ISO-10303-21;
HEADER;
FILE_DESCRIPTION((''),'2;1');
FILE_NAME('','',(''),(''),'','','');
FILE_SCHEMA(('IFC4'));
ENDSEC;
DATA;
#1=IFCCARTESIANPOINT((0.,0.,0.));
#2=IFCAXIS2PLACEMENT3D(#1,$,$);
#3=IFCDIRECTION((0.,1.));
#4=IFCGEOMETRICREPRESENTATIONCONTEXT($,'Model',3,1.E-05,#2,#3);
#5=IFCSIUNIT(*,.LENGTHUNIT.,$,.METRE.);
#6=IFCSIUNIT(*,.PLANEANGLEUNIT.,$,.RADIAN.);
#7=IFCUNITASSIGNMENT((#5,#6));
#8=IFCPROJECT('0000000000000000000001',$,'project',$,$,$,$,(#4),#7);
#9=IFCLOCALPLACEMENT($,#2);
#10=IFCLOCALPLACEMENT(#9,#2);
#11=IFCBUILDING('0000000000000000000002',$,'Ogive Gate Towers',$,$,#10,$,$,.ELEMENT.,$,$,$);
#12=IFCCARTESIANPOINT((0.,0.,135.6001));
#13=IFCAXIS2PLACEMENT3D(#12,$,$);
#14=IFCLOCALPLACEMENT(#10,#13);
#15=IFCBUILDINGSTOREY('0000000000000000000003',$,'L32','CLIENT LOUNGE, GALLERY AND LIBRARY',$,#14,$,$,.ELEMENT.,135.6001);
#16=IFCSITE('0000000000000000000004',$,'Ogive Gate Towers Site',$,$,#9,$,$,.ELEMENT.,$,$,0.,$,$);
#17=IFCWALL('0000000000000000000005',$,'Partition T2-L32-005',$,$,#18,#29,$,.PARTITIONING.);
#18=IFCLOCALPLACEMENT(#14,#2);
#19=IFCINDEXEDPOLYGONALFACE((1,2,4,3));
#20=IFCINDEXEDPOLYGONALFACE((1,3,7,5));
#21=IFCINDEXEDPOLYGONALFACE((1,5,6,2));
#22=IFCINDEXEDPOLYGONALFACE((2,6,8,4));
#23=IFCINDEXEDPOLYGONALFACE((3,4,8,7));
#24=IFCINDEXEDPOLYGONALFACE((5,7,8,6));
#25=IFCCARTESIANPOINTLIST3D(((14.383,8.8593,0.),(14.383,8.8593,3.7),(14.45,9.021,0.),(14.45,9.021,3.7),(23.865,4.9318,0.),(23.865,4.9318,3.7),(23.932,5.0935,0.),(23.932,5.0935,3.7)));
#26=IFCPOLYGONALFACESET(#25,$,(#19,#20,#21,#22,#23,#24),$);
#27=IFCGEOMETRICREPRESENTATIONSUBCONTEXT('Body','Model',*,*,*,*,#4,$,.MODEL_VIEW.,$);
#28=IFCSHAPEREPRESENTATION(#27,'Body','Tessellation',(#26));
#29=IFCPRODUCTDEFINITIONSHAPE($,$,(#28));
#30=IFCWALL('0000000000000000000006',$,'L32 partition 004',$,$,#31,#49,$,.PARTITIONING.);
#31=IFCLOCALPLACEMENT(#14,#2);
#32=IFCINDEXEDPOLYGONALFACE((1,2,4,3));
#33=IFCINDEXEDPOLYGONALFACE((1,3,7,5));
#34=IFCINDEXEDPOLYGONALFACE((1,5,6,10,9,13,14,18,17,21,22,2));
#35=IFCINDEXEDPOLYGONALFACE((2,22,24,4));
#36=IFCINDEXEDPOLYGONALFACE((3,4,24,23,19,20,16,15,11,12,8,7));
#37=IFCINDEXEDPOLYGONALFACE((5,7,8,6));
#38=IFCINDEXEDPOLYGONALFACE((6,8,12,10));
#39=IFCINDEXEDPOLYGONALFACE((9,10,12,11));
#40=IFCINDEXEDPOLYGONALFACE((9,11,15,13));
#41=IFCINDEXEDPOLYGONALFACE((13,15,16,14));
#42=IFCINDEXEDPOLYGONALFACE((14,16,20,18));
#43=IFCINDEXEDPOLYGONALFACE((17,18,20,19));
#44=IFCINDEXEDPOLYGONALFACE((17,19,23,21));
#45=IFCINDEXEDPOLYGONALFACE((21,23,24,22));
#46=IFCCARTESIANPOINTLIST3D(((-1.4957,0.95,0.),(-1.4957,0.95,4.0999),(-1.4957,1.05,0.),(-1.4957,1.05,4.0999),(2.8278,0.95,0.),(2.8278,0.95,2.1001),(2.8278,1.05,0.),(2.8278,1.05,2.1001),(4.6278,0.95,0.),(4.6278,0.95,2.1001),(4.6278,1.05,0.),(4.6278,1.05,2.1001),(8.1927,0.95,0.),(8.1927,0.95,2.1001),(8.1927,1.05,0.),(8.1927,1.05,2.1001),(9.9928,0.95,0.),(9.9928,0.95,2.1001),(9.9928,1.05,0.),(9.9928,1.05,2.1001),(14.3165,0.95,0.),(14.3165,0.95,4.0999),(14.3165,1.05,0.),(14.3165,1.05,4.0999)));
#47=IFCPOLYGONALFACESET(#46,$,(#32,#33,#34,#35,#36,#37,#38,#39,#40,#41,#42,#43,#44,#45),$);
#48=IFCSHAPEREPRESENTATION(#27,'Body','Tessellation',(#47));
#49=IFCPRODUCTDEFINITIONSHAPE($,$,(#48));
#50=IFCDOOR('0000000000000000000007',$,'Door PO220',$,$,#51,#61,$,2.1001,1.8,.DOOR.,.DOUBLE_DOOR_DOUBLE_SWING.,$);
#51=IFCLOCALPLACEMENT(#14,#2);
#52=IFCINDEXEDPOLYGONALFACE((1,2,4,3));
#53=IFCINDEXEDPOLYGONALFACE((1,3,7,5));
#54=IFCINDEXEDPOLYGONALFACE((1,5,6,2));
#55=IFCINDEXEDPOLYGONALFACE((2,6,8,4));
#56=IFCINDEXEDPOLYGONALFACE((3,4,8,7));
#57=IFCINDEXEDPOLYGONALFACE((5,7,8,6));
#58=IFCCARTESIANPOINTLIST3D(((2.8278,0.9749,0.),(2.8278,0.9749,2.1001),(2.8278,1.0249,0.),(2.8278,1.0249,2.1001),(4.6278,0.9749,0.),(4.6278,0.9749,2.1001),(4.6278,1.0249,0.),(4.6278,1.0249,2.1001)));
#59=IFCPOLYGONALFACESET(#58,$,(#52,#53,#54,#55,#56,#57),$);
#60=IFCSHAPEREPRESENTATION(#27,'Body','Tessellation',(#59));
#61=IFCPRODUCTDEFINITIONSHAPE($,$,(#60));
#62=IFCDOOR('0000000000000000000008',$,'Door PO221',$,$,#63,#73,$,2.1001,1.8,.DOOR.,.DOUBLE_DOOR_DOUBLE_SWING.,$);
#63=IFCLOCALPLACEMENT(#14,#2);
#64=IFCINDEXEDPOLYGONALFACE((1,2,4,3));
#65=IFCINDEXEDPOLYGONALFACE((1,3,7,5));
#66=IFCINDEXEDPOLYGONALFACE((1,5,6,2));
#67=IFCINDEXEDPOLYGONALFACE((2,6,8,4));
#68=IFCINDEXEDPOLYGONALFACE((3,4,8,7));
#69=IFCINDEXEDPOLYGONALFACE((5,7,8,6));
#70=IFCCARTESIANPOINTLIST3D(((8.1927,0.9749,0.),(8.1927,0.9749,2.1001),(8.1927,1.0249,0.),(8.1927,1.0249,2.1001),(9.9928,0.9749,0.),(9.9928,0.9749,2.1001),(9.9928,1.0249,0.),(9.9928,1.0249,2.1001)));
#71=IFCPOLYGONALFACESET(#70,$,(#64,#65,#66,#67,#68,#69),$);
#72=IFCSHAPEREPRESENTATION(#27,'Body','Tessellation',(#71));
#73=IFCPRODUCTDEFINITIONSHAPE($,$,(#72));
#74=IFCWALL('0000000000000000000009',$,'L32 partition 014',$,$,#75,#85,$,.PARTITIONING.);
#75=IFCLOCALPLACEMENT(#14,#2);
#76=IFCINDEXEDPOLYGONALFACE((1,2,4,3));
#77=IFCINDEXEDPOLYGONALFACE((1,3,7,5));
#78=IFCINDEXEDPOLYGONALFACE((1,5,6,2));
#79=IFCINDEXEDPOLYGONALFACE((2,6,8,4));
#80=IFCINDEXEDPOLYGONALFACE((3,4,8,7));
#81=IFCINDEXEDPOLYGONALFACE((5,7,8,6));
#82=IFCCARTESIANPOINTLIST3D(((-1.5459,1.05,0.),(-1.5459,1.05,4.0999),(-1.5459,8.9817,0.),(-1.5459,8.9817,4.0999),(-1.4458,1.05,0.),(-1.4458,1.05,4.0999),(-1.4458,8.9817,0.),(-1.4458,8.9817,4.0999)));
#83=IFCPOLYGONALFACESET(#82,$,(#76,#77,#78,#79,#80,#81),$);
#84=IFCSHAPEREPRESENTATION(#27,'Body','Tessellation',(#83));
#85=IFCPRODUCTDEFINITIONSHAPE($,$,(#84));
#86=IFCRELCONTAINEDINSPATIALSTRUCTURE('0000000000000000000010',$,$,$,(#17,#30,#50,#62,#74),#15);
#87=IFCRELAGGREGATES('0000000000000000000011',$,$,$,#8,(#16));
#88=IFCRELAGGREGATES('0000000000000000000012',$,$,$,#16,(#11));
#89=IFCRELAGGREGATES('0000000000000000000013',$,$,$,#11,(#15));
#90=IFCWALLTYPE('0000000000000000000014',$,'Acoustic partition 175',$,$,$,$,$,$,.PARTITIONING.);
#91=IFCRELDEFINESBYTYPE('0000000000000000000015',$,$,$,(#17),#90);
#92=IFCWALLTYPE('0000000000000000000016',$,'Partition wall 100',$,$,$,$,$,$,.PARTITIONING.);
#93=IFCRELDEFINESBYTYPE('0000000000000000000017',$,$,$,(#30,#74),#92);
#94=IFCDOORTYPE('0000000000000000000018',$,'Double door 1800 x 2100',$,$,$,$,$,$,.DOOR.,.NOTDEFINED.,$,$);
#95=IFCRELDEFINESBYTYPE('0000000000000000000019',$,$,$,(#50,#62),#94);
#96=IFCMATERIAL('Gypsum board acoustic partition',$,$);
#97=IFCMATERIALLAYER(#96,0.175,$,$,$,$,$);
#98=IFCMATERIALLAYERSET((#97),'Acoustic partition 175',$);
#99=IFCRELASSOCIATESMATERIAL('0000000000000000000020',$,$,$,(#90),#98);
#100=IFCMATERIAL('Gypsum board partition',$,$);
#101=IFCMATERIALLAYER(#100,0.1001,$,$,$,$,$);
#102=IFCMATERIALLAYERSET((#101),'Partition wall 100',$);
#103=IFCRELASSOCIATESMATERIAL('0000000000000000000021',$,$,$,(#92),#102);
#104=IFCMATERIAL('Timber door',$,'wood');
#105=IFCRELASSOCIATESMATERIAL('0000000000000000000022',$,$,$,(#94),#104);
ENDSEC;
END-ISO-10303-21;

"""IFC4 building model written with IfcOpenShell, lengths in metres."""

from ifc_helpers import new_model, si_unit, direction, frame, frame_2d, origin, place, context, subcontext, project, spatial, rectangle, extrude, material, layer, layer_set, type_object, element, fill, save


model = new_model("IFC4")

# Units and contexts
model_context = context("Model", 3, precision=1e-05, world=origin(), true_north=direction((0.0, 1.0)))
body_context = subcontext(model_context, "Body", "Model", "MODEL_VIEW")
ifc_project = project(units=[si_unit("LENGTHUNIT", "METRE"), si_unit("PLANEANGLEUNIT", "RADIAN")], contexts=[model_context])

# Site, building, storey
site_placement = place(None, origin())
site = spatial("IfcSite", under=ifc_project, at=site_placement, Name="Ogive Gate Towers Site", CompositionType="ELEMENT", RefElevation=0.0)
building_placement = place(site_placement, origin())
building = spatial("IfcBuilding", under=site, at=building_placement, Name="Ogive Gate Towers", CompositionType="ELEMENT")
storey_placement = place(building_placement, frame((0.0, 0.0, 135.6001)))
storey = spatial("IfcBuildingStorey", under=building, at=storey_placement, Name="L32", Description="CLIENT LOUNGE, GALLERY AND LIBRARY", CompositionType="ELEMENT", Elevation=135.6001)

# Wall
ifc_material_1 = material(Name="Gypsum board acoustic partition")
ifc_layer_1 = layer(ifc_material_1, 0.175)
ifc_layer_set_1 = layer_set([ifc_layer_1], Name="Acoustic partition 175")
wall_type_1 = type_object("IfcWallType", Name="Acoustic partition 175", PredefinedType="PARTITIONING", material=ifc_layer_set_1)
wall_1_placement = place(storey_placement, frame((14.4165, 8.9402, 0.0), z_axis=(0.0, 0.0, 1.0), x_axis=(0.923881, -0.382679, 0.0)))
element("IfcWall", 1, at=wall_1_placement, inside=storey, type_object=wall_type_1, Name="Partition T2-L32-005", PredefinedType="PARTITIONING", context=body_context, shape_type="SweptSolid", body=[
    extrude(rectangle(XDim=10.2632, YDim=0.175, at=frame_2d((5.1316, 0.0))), origin(), (0.0, 0.0, 1.0), 3.7),
])

# Wall, openings, doors
ifc_material_2 = material(Name="Gypsum board partition")
ifc_layer_2 = layer(ifc_material_2, 0.1001)
ifc_layer_set_2 = layer_set([ifc_layer_2], Name="Partition wall 100")
wall_type_2 = type_object("IfcWallType", Name="Partition wall 100", PredefinedType="PARTITIONING", material=ifc_layer_set_2)
wall_2_placement = place(storey_placement, frame((-1.4958, 1.0, 0.0), z_axis=(0.0, 0.0, 1.0), x_axis=(1.0, 0.0, 0.0)))
wall_2 = element("IfcWall", 2, at=wall_2_placement, inside=storey, type_object=wall_type_2, Name="L32 partition 004", PredefinedType="PARTITIONING", context=body_context, shape_type="SweptSolid", body=[
    extrude(rectangle(XDim=15.8123, YDim=0.1001, at=frame_2d((7.9062, 0.0))), origin(), (0.0, 0.0, 1.0), 4.0999),
])
opening_1_placement = place(wall_2_placement, frame((4.3237, 0.0, 0.0)))
opening_1 = element("IfcOpeningElement", 3, at=opening_1_placement, cuts=wall_2, PredefinedType="OPENING", context=body_context, shape_type="SweptSolid", body=[
    extrude(rectangle(XDim=1.8, YDim=2.1001, at=frame_2d((0.8999, 1.05))), frame((0.0, 0.0601, 0.0), z_axis=(0.0, -1.0, 0.0), x_axis=(1.0, 0.0, 0.0)), (0.0, 0.0, 1.0), 0.1201),
])
opening_2_placement = place(wall_2_placement, frame((9.6887, 0.0, 0.0)))
opening_2 = element("IfcOpeningElement", 4, at=opening_2_placement, cuts=wall_2, PredefinedType="OPENING", context=body_context, shape_type="SweptSolid", body=[
    extrude(rectangle(XDim=1.8, YDim=2.1001, at=frame_2d((0.8999, 1.05))), frame((0.0, 0.0601, 0.0), z_axis=(0.0, -1.0, 0.0), x_axis=(1.0, 0.0, 0.0)), (0.0, 0.0, 1.0), 0.1201),
])
ifc_material_3 = material(Name="Timber door", Category="wood")
door_type = type_object("IfcDoorType", Name="Double door 1800 x 2100", OperationType="NOTDEFINED", PredefinedType="DOOR", material=ifc_material_3)
door_1_placement = place(opening_1_placement, origin())
door_1 = element("IfcDoor", 5, at=door_1_placement, inside=storey, type_object=door_type, Name="Door PO220", OperationType="DOUBLE_DOOR_DOUBLE_SWING", OverallHeight=2.1001, OverallWidth=1.8, PredefinedType="DOOR", context=body_context, shape_type="SweptSolid", body=[
    extrude(rectangle(XDim=1.8, YDim=2.1001, at=frame_2d((0.8999, 1.05))), frame((0.0, 0.0249, 0.0), z_axis=(0.0, -1.0, 0.0), x_axis=(1.0, 0.0, 0.0)), (0.0, 0.0, 1.0), 0.05),
])
fill(opening_1, door_1)
door_2_placement = place(opening_2_placement, origin())
door_2 = element("IfcDoor", 6, at=door_2_placement, inside=storey, type_object=door_type, Name="Door PO221", OperationType="DOUBLE_DOOR_DOUBLE_SWING", OverallHeight=2.1001, OverallWidth=1.8, PredefinedType="DOOR", context=body_context, shape_type="SweptSolid", body=[
    extrude(rectangle(XDim=1.8, YDim=2.1001, at=frame_2d((0.8999, 1.05))), frame((0.0, 0.0249, 0.0), z_axis=(0.0, -1.0, 0.0), x_axis=(1.0, 0.0, 0.0)), (0.0, 0.0, 1.0), 0.05),
])
fill(opening_2, door_2)

# Wall
wall_3_placement = place(storey_placement, frame((-1.4958, 1.05, 0.0), z_axis=(0.0, 0.0, 1.0), x_axis=(0.0, 1.0, 0.0)))
element("IfcWall", 7, at=wall_3_placement, inside=storey, type_object=wall_type_2, Name="L32 partition 014", PredefinedType="PARTITIONING", context=body_context, shape_type="SweptSolid", body=[
    extrude(rectangle(XDim=7.9316, YDim=0.1001, at=frame_2d((3.9658, 0.0))), origin(), (0.0, 0.0, 1.0), 4.0999),
])

save(model, "model.ifc")
